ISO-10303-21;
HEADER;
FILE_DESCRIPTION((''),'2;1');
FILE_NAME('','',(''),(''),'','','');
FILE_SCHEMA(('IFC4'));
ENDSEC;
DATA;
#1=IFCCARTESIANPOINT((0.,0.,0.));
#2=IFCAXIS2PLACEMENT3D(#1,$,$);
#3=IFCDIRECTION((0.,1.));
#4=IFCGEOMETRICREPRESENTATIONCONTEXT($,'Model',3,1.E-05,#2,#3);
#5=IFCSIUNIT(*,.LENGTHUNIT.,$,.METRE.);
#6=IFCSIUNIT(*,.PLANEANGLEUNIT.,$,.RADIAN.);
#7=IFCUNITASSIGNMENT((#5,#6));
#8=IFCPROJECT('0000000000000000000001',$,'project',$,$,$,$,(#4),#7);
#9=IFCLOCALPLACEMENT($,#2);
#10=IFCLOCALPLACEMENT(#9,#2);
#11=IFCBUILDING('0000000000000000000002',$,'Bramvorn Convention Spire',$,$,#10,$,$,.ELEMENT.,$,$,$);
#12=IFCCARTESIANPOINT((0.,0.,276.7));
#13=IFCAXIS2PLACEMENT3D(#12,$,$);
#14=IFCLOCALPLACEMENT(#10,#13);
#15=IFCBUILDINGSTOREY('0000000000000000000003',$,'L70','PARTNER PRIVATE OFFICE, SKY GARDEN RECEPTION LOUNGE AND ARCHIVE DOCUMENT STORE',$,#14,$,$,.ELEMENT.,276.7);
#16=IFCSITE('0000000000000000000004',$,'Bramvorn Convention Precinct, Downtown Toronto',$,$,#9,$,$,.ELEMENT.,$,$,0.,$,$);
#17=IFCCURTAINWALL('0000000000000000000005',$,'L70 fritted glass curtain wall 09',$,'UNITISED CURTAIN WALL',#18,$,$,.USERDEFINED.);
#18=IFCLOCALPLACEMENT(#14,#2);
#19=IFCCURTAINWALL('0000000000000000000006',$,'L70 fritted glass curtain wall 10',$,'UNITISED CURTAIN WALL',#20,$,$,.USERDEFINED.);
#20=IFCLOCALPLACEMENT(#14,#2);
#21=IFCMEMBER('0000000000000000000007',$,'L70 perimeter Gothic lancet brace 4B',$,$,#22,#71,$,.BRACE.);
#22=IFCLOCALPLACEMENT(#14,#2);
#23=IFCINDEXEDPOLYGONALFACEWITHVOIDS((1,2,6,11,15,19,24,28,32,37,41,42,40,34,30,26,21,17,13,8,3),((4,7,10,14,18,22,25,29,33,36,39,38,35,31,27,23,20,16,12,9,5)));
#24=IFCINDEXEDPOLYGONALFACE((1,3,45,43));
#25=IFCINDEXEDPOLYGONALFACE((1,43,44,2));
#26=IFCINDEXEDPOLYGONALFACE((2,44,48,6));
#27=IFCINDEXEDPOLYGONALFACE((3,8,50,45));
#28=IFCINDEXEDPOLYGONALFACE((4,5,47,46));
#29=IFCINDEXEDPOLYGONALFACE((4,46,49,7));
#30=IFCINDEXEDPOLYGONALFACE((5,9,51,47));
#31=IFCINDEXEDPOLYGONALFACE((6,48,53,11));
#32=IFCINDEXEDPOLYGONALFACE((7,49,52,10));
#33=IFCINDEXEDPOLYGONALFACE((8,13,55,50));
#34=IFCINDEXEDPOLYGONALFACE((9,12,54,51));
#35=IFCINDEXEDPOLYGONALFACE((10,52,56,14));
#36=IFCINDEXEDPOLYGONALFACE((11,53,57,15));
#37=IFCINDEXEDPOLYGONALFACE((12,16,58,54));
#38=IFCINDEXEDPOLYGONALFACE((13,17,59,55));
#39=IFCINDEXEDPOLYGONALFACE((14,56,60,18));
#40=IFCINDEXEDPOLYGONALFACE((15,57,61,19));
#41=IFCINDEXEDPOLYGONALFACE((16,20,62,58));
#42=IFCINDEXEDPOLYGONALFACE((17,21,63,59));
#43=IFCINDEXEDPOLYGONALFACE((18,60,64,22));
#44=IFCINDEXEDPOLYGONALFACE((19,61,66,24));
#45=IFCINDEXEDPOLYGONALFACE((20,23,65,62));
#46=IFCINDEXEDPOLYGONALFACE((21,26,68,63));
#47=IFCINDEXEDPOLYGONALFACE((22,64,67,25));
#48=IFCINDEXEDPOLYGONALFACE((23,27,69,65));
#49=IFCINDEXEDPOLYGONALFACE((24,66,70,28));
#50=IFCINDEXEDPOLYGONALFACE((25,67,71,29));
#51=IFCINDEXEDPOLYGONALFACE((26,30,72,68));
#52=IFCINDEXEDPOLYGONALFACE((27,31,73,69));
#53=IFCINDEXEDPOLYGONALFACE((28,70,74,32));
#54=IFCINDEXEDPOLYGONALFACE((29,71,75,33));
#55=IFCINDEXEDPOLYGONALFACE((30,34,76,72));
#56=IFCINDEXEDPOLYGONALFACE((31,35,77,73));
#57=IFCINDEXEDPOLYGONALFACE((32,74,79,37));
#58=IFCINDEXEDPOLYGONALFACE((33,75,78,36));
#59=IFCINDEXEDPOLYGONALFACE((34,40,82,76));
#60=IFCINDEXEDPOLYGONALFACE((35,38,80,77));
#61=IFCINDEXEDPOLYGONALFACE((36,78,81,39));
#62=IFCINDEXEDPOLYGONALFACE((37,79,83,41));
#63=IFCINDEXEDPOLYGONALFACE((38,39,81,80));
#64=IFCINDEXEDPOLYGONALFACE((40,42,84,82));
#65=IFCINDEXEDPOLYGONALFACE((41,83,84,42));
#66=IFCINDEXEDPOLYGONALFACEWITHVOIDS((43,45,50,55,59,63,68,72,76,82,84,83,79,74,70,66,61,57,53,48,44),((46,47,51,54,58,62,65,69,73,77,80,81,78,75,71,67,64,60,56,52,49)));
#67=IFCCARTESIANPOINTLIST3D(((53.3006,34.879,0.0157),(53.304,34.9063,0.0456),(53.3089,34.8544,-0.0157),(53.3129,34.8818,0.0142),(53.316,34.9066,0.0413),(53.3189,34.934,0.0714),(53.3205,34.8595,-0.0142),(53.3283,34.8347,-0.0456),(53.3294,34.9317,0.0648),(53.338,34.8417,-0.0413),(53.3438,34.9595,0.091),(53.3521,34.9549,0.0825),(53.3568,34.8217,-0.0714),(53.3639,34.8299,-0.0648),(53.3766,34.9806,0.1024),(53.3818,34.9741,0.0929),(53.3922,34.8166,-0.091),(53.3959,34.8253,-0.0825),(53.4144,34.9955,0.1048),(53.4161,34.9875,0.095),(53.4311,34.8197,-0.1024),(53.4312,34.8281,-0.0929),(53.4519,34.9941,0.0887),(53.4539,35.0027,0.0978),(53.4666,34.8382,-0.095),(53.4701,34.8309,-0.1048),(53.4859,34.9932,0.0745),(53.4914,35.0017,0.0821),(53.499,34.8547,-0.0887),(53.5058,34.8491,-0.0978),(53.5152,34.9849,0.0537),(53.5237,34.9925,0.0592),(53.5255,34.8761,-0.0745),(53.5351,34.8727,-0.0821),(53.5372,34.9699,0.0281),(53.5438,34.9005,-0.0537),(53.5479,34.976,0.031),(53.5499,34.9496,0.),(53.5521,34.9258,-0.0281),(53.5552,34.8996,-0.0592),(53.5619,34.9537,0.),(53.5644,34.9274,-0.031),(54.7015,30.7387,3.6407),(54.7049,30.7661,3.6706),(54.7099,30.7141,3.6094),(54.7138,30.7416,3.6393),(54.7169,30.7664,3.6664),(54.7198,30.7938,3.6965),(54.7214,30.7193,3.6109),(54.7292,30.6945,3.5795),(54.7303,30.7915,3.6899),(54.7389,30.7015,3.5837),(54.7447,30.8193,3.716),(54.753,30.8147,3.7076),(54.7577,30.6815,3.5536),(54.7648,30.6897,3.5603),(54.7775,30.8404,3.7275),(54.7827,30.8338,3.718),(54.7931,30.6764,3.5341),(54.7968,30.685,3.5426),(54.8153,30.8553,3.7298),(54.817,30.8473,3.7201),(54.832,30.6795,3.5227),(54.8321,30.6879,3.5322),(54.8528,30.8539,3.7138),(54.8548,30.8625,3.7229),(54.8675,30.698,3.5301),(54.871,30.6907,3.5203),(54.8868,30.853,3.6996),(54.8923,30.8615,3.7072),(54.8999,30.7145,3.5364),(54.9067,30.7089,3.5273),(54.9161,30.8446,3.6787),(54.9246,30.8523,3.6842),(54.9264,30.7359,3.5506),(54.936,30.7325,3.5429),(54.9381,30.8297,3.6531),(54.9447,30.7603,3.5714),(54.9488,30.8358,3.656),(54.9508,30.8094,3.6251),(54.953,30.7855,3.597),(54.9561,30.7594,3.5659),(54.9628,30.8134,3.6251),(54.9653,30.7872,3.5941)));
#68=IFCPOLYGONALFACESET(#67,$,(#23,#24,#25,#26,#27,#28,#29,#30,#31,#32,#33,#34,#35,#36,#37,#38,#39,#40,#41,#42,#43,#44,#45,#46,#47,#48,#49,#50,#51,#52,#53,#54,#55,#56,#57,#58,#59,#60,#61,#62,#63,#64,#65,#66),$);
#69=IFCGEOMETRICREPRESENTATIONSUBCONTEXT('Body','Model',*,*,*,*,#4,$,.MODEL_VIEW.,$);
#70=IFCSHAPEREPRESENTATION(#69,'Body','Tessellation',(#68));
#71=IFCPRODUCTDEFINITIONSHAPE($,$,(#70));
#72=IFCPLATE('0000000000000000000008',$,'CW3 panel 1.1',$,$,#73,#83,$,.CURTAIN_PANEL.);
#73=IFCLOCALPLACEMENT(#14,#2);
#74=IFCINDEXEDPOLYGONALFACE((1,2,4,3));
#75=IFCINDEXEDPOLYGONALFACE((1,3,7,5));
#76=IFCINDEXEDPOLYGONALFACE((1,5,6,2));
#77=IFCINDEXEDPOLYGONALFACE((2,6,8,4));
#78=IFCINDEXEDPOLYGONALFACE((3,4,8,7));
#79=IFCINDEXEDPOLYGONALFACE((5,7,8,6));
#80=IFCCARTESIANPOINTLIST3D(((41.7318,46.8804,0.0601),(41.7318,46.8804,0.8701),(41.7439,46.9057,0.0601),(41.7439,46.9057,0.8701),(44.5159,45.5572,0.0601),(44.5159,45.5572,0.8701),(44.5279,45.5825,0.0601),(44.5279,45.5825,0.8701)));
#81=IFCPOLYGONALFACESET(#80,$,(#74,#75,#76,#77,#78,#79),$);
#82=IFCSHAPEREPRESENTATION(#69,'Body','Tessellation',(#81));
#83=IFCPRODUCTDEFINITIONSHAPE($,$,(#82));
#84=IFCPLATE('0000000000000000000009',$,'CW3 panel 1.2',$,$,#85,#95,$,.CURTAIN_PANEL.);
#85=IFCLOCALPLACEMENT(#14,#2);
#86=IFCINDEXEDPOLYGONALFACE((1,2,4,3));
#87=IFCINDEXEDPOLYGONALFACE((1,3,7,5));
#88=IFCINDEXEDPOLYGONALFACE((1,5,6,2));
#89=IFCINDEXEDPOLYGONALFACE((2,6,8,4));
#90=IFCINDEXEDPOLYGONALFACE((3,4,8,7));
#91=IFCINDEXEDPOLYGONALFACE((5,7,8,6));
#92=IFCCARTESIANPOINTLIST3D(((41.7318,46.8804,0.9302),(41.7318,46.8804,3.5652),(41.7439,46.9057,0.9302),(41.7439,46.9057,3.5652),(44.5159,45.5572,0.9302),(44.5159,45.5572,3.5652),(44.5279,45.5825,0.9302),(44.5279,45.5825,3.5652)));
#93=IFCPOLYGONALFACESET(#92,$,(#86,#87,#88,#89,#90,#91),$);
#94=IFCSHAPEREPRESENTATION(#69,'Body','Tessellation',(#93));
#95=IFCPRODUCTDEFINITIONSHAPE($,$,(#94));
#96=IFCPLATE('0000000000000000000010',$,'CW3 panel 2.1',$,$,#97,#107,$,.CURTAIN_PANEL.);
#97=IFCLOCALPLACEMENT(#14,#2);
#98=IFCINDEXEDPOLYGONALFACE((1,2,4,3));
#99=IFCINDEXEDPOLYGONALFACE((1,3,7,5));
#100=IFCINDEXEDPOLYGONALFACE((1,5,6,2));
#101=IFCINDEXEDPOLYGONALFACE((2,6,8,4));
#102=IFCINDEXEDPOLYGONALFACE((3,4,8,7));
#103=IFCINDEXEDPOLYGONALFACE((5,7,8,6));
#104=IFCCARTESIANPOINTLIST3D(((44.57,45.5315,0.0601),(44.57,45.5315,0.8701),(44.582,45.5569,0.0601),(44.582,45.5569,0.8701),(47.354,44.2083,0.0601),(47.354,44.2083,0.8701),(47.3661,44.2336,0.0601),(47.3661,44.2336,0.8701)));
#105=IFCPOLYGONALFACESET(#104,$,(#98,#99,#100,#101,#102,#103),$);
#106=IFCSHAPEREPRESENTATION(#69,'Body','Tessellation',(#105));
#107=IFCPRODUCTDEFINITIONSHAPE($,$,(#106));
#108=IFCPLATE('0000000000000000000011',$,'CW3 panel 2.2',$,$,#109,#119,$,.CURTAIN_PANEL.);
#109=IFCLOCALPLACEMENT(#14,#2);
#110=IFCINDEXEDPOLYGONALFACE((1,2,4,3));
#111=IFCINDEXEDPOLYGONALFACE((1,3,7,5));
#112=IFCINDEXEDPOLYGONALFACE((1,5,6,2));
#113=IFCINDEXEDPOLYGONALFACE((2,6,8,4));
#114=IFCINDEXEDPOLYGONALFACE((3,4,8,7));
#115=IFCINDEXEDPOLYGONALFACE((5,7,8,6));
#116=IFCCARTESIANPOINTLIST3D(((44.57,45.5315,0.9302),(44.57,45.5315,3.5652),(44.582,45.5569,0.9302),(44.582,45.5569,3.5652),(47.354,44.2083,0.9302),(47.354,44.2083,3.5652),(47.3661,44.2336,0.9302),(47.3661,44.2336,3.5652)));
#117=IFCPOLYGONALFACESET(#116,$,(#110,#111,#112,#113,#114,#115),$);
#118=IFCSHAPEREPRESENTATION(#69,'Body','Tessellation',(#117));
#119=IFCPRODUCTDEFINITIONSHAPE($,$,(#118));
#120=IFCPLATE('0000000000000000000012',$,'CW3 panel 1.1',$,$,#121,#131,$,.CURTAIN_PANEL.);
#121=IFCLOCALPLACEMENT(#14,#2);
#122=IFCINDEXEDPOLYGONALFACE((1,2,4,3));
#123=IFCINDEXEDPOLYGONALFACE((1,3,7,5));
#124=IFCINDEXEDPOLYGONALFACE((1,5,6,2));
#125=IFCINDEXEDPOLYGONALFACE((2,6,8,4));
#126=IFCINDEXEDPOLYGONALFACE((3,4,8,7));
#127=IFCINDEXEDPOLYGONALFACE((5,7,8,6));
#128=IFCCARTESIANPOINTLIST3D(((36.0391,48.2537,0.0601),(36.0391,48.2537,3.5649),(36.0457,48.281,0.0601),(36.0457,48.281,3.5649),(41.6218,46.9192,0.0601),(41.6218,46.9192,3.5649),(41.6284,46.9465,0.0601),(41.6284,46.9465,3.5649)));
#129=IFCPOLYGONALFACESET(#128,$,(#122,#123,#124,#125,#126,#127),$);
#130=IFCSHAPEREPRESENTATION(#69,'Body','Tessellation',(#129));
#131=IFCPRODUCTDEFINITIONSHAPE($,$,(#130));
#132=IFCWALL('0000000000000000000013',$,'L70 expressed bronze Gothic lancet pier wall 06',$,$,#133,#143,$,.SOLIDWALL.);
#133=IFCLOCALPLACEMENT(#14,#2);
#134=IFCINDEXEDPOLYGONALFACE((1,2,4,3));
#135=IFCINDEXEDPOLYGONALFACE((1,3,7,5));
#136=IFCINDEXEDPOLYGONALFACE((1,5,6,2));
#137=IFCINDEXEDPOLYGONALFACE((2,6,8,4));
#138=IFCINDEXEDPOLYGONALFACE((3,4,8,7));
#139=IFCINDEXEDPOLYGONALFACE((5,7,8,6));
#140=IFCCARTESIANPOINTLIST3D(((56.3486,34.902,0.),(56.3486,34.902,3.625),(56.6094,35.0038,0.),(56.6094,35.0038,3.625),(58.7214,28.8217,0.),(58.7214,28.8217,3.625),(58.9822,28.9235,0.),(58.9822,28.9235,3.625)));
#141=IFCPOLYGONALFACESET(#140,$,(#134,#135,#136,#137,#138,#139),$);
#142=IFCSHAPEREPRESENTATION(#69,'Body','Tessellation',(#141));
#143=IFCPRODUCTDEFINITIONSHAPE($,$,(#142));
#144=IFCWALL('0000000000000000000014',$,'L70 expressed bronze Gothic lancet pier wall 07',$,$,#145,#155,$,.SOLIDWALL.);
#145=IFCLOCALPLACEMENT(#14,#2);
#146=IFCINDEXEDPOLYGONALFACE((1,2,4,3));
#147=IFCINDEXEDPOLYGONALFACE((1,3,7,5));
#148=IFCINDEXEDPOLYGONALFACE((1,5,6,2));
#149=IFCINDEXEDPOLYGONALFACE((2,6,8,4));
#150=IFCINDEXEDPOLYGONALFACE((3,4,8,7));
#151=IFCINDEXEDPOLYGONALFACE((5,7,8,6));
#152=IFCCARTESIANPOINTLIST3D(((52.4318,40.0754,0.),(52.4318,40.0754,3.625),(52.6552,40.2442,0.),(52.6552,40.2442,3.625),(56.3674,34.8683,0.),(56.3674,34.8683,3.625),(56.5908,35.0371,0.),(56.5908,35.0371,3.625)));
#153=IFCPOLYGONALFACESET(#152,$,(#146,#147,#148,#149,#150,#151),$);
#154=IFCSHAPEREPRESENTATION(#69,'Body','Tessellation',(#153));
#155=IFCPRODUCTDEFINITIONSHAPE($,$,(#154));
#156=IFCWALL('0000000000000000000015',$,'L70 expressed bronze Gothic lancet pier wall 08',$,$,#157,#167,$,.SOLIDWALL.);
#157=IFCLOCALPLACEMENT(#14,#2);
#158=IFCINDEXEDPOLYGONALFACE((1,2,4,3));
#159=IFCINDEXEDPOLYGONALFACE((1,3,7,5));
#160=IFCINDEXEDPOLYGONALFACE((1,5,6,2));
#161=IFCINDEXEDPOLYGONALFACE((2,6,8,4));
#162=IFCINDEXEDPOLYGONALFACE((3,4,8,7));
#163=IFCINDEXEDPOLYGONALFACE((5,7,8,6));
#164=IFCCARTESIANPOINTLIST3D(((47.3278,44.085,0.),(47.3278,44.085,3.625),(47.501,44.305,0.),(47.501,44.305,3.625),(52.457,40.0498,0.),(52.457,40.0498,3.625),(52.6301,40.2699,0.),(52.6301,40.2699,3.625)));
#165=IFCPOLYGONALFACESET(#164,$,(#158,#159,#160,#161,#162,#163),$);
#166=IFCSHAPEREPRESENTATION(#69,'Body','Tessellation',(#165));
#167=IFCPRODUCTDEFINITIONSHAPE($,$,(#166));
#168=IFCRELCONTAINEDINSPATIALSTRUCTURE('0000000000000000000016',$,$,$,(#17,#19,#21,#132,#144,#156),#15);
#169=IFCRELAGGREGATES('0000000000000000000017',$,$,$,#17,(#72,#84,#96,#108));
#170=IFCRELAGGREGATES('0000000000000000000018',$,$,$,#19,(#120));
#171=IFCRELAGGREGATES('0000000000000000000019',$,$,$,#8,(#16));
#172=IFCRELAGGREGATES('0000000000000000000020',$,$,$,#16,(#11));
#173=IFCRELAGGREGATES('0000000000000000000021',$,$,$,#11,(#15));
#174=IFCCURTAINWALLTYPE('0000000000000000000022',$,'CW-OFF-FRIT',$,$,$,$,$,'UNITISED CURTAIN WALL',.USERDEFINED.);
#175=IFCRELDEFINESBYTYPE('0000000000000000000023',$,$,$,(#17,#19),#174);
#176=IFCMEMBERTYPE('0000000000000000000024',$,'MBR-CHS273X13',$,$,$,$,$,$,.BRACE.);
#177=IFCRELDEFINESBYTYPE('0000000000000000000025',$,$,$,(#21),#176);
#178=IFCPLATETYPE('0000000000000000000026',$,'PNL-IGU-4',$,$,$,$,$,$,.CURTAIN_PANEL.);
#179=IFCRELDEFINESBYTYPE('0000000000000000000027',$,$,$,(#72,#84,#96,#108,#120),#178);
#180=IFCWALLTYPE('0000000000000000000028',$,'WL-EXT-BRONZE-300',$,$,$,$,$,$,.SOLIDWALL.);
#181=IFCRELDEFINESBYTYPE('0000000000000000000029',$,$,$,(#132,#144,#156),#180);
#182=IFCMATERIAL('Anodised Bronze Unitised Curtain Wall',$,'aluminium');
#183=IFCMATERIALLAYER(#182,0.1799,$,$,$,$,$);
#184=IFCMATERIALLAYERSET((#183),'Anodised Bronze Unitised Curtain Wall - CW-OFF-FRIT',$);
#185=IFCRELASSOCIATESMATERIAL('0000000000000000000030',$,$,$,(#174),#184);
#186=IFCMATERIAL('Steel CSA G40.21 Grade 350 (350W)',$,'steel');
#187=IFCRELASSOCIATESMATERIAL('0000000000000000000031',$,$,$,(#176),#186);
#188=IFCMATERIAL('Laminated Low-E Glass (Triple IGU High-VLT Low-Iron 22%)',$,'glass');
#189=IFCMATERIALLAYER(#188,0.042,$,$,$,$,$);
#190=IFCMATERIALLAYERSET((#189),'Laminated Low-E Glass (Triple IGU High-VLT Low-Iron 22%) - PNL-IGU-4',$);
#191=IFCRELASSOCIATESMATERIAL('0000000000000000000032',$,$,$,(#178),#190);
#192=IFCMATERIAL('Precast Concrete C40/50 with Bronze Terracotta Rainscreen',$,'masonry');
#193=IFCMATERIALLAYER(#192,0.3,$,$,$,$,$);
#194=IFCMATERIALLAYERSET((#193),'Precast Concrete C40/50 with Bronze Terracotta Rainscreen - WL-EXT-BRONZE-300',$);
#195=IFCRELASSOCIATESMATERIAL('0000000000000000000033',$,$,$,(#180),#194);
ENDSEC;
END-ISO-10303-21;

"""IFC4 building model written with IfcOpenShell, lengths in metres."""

from ifc_helpers import new_model, si_unit, direction, frame, frame_2d, origin, origin_2d, place, context, subcontext, project, spatial, rectangle, hollow_circle, extrude, material, layer, layer_set, material_profile, profile_set, type_object, element, aggregate, save


model = new_model("IFC4")

# Units and contexts
model_context = context("Model", 3, precision=1e-05, world=origin(), true_north=direction((0.0, 1.0)))
body_context = subcontext(model_context, "Body", "Model", "MODEL_VIEW")
ifc_project = project(units=[si_unit("LENGTHUNIT", "METRE"), si_unit("PLANEANGLEUNIT", "RADIAN")], contexts=[model_context])

# Site, building, storey
site_placement = place(None, origin())
site = spatial("IfcSite", under=ifc_project, at=site_placement, Name="Bramvorn Convention Precinct, Downtown Toronto", CompositionType="ELEMENT", RefElevation=0.0)
building_placement = place(site_placement, origin())
building = spatial("IfcBuilding", under=site, at=building_placement, Name="Bramvorn Convention Spire", CompositionType="ELEMENT")
storey_placement = place(building_placement, frame((0.0, 0.0, 276.7)))
storey = spatial("IfcBuildingStorey", under=building, at=storey_placement, Name="L70", Description="PARTNER PRIVATE OFFICE, SKY GARDEN RECEPTION LOUNGE AND ARCHIVE DOCUMENT STORE", CompositionType="ELEMENT", Elevation=276.7)

# Shared definitions
ifc_material_1 = material(Name="Steel CSA G40.21 Grade 350 (350W)", Category="steel")

# Curtain wall
ifc_material_2 = material(Name="Anodised Bronze Unitised Curtain Wall", Category="aluminium")
ifc_layer_1 = layer(ifc_material_2, 0.1799)
ifc_layer_set_1 = layer_set([ifc_layer_1], Name="Anodised Bronze Unitised Curtain Wall - CW-OFF-FRIT")
curtain_wall_type = type_object("IfcCurtainWallType", Name="CW-OFF-FRIT", ElementType="UNITISED CURTAIN WALL", PredefinedType="USERDEFINED", material=ifc_layer_set_1)
curtain_wall_1_placement = place(storey_placement, origin())
curtain_wall_1 = element("IfcCurtainWall", 1, at=curtain_wall_1_placement, inside=storey, type_object=curtain_wall_type, Name="L70 fritted glass curtain wall 09", ObjectType="UNITISED CURTAIN WALL", PredefinedType="USERDEFINED")

# Curtain wall
curtain_wall_2_placement = place(storey_placement, origin())
curtain_wall_2 = element("IfcCurtainWall", 2, at=curtain_wall_2_placement, inside=storey, type_object=curtain_wall_type, Name="L70 fritted glass curtain wall 10", ObjectType="UNITISED CURTAIN WALL", PredefinedType="USERDEFINED")

# Member
ifc_material_profile_1 = material_profile(ifc_material_1, hollow_circle(Radius=0.1365, WallThickness=0.0127, at=origin_2d()))
ifc_profile_set_1 = profile_set([ifc_material_profile_1], Name="Steel CSA G40.21 Grade 350 (350W) - CHS273X13")
member_type_1 = type_object("IfcMemberType", Name="MBR-CHS273X13", PredefinedType="BRACE", material=ifc_profile_set_1)
member_1_placement = place(storey_placement, frame((53.4326, 34.9099, 0.0), z_axis=(0.246705, -0.729107, 0.638388), x_axis=(0.947244, 0.320514, 0.0)))
element("IfcMember", 3, at=member_1_placement, inside=storey, type_object=member_type_1, Name="L70 perimeter Gothic lancet brace 4B", PredefinedType="BRACE", context=body_context, shape_type="SweptSolid", body=[
    extrude(hollow_circle(Radius=0.1365, WallThickness=0.0127, at=origin_2d()), origin(), (0.0, 0.0, 1.0), 5.6785),
])

# Plates
ifc_material_3 = material(Name="Laminated Low-E Glass (Triple IGU High-VLT Low-Iron 22%)", Category="glass")
ifc_layer_2 = layer(ifc_material_3, 0.042)
ifc_layer_set_2 = layer_set([ifc_layer_2], Name="Laminated Low-E Glass (Triple IGU High-VLT Low-Iron 22%) - PNL-IGU-4")
plate_type = type_object("IfcPlateType", Name="PNL-IGU-4", PredefinedType="CURTAIN_PANEL", material=ifc_layer_set_2)
plate_1_placement = place(storey_placement, frame((43.1299, 46.2314, 0.0601), z_axis=(0.0, 0.0, 1.0), x_axis=(0.903178, -0.429265, 0.0)))
plate_1 = element("IfcPlate", 4, at=plate_1_placement, type_object=plate_type, Name="CW3 panel 1.1", PredefinedType="CURTAIN_PANEL", context=body_context, shape_type="SweptSolid", body=[
    extrude(rectangle(XDim=3.0825, YDim=0.0281, at=origin_2d()), origin(), (0.0, 0.0, 1.0), 0.8101),
])
plate_2_placement = place(storey_placement, frame((43.1299, 46.2314, 0.9302), z_axis=(0.0, 0.0, 1.0), x_axis=(0.903178, -0.429265, 0.0)))
plate_2 = element("IfcPlate", 5, at=plate_2_placement, type_object=plate_type, Name="CW3 panel 1.2", PredefinedType="CURTAIN_PANEL", context=body_context, shape_type="SweptSolid", body=[
    extrude(rectangle(XDim=3.0825, YDim=0.0281, at=origin_2d()), origin(), (0.0, 0.0, 1.0), 2.635),
])
plate_3_placement = place(storey_placement, frame((45.968, 44.8826, 0.0601), z_axis=(0.0, 0.0, 1.0), x_axis=(0.903178, -0.429265, 0.0)))
plate_3 = element("IfcPlate", 6, at=plate_3_placement, type_object=plate_type, Name="CW3 panel 2.1", PredefinedType="CURTAIN_PANEL", context=body_context, shape_type="SweptSolid", body=[
    extrude(rectangle(XDim=3.0825, YDim=0.0281, at=origin_2d()), origin(), (0.0, 0.0, 1.0), 0.8101),
])
plate_4_placement = place(storey_placement, frame((45.968, 44.8826, 0.9302), z_axis=(0.0, 0.0, 1.0), x_axis=(0.903178, -0.429265, 0.0)))
plate_4 = element("IfcPlate", 7, at=plate_4_placement, type_object=plate_type, Name="CW3 panel 2.2", PredefinedType="CURTAIN_PANEL", context=body_context, shape_type="SweptSolid", body=[
    extrude(rectangle(XDim=3.0825, YDim=0.0281, at=origin_2d()), origin(), (0.0, 0.0, 1.0), 2.635),
])
aggregate(curtain_wall_1, [plate_1, plate_2, plate_3, plate_4])
plate_5_placement = place(storey_placement, frame((38.8337, 47.6001, 0.0601), z_axis=(0.0, 0.0, 1.0), x_axis=(0.972598, -0.232493, 0.0)))
plate_5 = element("IfcPlate", 8, at=plate_5_placement, type_object=plate_type, Name="CW3 panel 1.1", PredefinedType="CURTAIN_PANEL", context=body_context, shape_type="SweptSolid", body=[
    extrude(rectangle(XDim=5.74, YDim=0.0281, at=origin_2d()), origin(), (0.0, 0.0, 1.0), 3.5049),
])
aggregate(curtain_wall_2, [plate_5])

# Walls
ifc_material_4 = material(Name="Precast Concrete C40/50 with Bronze Terracotta Rainscreen", Category="masonry")
ifc_layer_3 = layer(ifc_material_4, 0.3)
ifc_layer_set_3 = layer_set([ifc_layer_3], Name="Precast Concrete C40/50 with Bronze Terracotta Rainscreen - WL-EXT-BRONZE-300")
wall_type_1 = type_object("IfcWallType", Name="WL-EXT-BRONZE-300", PredefinedType="SOLIDWALL", material=ifc_layer_set_3)
wall_1_placement = place(storey_placement, frame((56.479, 34.9529, 0.0), z_axis=(0.0, 0.0, 1.0), x_axis=(0.363542, -0.931578, 0.0)))
element("IfcWall", 9, at=wall_1_placement, inside=storey, type_object=wall_type_1, Name="L70 expressed bronze Gothic lancet pier wall 06", PredefinedType="SOLIDWALL", context=body_context, shape_type="SweptSolid", body=[
    extrude(rectangle(XDim=6.5269, YDim=0.28, at=frame_2d((3.2634, 0.0))), origin(), (0.0, 0.0, 1.0), 3.625),
])
wall_2_placement = place(storey_placement, frame((52.5435, 40.1599, 0.0), z_axis=(0.0, 0.0, 1.0), x_axis=(0.602964, -0.797768, 0.0)))
element("IfcWall", 10, at=wall_2_placement, inside=storey, type_object=wall_type_1, Name="L70 expressed bronze Gothic lancet pier wall 07", PredefinedType="SOLIDWALL", context=body_context, shape_type="SweptSolid", body=[
    extrude(rectangle(XDim=6.5271, YDim=0.28, at=frame_2d((3.2637, 0.0))), origin(), (0.0, 0.0, 1.0), 3.625),
])
wall_3_placement = place(storey_placement, frame((47.4143, 44.1951, 0.0), z_axis=(0.0, 0.0, 1.0), x_axis=(0.785938, -0.618306, 0.0)))
element("IfcWall", 11, at=wall_3_placement, inside=storey, type_object=wall_type_1, Name="L70 expressed bronze Gothic lancet pier wall 08", PredefinedType="SOLIDWALL", context=body_context, shape_type="SweptSolid", body=[
    extrude(rectangle(XDim=6.5261, YDim=0.28, at=frame_2d((3.2632, 0.0))), origin(), (0.0, 0.0, 1.0), 3.625),
])

save(model, "model.ifc")
